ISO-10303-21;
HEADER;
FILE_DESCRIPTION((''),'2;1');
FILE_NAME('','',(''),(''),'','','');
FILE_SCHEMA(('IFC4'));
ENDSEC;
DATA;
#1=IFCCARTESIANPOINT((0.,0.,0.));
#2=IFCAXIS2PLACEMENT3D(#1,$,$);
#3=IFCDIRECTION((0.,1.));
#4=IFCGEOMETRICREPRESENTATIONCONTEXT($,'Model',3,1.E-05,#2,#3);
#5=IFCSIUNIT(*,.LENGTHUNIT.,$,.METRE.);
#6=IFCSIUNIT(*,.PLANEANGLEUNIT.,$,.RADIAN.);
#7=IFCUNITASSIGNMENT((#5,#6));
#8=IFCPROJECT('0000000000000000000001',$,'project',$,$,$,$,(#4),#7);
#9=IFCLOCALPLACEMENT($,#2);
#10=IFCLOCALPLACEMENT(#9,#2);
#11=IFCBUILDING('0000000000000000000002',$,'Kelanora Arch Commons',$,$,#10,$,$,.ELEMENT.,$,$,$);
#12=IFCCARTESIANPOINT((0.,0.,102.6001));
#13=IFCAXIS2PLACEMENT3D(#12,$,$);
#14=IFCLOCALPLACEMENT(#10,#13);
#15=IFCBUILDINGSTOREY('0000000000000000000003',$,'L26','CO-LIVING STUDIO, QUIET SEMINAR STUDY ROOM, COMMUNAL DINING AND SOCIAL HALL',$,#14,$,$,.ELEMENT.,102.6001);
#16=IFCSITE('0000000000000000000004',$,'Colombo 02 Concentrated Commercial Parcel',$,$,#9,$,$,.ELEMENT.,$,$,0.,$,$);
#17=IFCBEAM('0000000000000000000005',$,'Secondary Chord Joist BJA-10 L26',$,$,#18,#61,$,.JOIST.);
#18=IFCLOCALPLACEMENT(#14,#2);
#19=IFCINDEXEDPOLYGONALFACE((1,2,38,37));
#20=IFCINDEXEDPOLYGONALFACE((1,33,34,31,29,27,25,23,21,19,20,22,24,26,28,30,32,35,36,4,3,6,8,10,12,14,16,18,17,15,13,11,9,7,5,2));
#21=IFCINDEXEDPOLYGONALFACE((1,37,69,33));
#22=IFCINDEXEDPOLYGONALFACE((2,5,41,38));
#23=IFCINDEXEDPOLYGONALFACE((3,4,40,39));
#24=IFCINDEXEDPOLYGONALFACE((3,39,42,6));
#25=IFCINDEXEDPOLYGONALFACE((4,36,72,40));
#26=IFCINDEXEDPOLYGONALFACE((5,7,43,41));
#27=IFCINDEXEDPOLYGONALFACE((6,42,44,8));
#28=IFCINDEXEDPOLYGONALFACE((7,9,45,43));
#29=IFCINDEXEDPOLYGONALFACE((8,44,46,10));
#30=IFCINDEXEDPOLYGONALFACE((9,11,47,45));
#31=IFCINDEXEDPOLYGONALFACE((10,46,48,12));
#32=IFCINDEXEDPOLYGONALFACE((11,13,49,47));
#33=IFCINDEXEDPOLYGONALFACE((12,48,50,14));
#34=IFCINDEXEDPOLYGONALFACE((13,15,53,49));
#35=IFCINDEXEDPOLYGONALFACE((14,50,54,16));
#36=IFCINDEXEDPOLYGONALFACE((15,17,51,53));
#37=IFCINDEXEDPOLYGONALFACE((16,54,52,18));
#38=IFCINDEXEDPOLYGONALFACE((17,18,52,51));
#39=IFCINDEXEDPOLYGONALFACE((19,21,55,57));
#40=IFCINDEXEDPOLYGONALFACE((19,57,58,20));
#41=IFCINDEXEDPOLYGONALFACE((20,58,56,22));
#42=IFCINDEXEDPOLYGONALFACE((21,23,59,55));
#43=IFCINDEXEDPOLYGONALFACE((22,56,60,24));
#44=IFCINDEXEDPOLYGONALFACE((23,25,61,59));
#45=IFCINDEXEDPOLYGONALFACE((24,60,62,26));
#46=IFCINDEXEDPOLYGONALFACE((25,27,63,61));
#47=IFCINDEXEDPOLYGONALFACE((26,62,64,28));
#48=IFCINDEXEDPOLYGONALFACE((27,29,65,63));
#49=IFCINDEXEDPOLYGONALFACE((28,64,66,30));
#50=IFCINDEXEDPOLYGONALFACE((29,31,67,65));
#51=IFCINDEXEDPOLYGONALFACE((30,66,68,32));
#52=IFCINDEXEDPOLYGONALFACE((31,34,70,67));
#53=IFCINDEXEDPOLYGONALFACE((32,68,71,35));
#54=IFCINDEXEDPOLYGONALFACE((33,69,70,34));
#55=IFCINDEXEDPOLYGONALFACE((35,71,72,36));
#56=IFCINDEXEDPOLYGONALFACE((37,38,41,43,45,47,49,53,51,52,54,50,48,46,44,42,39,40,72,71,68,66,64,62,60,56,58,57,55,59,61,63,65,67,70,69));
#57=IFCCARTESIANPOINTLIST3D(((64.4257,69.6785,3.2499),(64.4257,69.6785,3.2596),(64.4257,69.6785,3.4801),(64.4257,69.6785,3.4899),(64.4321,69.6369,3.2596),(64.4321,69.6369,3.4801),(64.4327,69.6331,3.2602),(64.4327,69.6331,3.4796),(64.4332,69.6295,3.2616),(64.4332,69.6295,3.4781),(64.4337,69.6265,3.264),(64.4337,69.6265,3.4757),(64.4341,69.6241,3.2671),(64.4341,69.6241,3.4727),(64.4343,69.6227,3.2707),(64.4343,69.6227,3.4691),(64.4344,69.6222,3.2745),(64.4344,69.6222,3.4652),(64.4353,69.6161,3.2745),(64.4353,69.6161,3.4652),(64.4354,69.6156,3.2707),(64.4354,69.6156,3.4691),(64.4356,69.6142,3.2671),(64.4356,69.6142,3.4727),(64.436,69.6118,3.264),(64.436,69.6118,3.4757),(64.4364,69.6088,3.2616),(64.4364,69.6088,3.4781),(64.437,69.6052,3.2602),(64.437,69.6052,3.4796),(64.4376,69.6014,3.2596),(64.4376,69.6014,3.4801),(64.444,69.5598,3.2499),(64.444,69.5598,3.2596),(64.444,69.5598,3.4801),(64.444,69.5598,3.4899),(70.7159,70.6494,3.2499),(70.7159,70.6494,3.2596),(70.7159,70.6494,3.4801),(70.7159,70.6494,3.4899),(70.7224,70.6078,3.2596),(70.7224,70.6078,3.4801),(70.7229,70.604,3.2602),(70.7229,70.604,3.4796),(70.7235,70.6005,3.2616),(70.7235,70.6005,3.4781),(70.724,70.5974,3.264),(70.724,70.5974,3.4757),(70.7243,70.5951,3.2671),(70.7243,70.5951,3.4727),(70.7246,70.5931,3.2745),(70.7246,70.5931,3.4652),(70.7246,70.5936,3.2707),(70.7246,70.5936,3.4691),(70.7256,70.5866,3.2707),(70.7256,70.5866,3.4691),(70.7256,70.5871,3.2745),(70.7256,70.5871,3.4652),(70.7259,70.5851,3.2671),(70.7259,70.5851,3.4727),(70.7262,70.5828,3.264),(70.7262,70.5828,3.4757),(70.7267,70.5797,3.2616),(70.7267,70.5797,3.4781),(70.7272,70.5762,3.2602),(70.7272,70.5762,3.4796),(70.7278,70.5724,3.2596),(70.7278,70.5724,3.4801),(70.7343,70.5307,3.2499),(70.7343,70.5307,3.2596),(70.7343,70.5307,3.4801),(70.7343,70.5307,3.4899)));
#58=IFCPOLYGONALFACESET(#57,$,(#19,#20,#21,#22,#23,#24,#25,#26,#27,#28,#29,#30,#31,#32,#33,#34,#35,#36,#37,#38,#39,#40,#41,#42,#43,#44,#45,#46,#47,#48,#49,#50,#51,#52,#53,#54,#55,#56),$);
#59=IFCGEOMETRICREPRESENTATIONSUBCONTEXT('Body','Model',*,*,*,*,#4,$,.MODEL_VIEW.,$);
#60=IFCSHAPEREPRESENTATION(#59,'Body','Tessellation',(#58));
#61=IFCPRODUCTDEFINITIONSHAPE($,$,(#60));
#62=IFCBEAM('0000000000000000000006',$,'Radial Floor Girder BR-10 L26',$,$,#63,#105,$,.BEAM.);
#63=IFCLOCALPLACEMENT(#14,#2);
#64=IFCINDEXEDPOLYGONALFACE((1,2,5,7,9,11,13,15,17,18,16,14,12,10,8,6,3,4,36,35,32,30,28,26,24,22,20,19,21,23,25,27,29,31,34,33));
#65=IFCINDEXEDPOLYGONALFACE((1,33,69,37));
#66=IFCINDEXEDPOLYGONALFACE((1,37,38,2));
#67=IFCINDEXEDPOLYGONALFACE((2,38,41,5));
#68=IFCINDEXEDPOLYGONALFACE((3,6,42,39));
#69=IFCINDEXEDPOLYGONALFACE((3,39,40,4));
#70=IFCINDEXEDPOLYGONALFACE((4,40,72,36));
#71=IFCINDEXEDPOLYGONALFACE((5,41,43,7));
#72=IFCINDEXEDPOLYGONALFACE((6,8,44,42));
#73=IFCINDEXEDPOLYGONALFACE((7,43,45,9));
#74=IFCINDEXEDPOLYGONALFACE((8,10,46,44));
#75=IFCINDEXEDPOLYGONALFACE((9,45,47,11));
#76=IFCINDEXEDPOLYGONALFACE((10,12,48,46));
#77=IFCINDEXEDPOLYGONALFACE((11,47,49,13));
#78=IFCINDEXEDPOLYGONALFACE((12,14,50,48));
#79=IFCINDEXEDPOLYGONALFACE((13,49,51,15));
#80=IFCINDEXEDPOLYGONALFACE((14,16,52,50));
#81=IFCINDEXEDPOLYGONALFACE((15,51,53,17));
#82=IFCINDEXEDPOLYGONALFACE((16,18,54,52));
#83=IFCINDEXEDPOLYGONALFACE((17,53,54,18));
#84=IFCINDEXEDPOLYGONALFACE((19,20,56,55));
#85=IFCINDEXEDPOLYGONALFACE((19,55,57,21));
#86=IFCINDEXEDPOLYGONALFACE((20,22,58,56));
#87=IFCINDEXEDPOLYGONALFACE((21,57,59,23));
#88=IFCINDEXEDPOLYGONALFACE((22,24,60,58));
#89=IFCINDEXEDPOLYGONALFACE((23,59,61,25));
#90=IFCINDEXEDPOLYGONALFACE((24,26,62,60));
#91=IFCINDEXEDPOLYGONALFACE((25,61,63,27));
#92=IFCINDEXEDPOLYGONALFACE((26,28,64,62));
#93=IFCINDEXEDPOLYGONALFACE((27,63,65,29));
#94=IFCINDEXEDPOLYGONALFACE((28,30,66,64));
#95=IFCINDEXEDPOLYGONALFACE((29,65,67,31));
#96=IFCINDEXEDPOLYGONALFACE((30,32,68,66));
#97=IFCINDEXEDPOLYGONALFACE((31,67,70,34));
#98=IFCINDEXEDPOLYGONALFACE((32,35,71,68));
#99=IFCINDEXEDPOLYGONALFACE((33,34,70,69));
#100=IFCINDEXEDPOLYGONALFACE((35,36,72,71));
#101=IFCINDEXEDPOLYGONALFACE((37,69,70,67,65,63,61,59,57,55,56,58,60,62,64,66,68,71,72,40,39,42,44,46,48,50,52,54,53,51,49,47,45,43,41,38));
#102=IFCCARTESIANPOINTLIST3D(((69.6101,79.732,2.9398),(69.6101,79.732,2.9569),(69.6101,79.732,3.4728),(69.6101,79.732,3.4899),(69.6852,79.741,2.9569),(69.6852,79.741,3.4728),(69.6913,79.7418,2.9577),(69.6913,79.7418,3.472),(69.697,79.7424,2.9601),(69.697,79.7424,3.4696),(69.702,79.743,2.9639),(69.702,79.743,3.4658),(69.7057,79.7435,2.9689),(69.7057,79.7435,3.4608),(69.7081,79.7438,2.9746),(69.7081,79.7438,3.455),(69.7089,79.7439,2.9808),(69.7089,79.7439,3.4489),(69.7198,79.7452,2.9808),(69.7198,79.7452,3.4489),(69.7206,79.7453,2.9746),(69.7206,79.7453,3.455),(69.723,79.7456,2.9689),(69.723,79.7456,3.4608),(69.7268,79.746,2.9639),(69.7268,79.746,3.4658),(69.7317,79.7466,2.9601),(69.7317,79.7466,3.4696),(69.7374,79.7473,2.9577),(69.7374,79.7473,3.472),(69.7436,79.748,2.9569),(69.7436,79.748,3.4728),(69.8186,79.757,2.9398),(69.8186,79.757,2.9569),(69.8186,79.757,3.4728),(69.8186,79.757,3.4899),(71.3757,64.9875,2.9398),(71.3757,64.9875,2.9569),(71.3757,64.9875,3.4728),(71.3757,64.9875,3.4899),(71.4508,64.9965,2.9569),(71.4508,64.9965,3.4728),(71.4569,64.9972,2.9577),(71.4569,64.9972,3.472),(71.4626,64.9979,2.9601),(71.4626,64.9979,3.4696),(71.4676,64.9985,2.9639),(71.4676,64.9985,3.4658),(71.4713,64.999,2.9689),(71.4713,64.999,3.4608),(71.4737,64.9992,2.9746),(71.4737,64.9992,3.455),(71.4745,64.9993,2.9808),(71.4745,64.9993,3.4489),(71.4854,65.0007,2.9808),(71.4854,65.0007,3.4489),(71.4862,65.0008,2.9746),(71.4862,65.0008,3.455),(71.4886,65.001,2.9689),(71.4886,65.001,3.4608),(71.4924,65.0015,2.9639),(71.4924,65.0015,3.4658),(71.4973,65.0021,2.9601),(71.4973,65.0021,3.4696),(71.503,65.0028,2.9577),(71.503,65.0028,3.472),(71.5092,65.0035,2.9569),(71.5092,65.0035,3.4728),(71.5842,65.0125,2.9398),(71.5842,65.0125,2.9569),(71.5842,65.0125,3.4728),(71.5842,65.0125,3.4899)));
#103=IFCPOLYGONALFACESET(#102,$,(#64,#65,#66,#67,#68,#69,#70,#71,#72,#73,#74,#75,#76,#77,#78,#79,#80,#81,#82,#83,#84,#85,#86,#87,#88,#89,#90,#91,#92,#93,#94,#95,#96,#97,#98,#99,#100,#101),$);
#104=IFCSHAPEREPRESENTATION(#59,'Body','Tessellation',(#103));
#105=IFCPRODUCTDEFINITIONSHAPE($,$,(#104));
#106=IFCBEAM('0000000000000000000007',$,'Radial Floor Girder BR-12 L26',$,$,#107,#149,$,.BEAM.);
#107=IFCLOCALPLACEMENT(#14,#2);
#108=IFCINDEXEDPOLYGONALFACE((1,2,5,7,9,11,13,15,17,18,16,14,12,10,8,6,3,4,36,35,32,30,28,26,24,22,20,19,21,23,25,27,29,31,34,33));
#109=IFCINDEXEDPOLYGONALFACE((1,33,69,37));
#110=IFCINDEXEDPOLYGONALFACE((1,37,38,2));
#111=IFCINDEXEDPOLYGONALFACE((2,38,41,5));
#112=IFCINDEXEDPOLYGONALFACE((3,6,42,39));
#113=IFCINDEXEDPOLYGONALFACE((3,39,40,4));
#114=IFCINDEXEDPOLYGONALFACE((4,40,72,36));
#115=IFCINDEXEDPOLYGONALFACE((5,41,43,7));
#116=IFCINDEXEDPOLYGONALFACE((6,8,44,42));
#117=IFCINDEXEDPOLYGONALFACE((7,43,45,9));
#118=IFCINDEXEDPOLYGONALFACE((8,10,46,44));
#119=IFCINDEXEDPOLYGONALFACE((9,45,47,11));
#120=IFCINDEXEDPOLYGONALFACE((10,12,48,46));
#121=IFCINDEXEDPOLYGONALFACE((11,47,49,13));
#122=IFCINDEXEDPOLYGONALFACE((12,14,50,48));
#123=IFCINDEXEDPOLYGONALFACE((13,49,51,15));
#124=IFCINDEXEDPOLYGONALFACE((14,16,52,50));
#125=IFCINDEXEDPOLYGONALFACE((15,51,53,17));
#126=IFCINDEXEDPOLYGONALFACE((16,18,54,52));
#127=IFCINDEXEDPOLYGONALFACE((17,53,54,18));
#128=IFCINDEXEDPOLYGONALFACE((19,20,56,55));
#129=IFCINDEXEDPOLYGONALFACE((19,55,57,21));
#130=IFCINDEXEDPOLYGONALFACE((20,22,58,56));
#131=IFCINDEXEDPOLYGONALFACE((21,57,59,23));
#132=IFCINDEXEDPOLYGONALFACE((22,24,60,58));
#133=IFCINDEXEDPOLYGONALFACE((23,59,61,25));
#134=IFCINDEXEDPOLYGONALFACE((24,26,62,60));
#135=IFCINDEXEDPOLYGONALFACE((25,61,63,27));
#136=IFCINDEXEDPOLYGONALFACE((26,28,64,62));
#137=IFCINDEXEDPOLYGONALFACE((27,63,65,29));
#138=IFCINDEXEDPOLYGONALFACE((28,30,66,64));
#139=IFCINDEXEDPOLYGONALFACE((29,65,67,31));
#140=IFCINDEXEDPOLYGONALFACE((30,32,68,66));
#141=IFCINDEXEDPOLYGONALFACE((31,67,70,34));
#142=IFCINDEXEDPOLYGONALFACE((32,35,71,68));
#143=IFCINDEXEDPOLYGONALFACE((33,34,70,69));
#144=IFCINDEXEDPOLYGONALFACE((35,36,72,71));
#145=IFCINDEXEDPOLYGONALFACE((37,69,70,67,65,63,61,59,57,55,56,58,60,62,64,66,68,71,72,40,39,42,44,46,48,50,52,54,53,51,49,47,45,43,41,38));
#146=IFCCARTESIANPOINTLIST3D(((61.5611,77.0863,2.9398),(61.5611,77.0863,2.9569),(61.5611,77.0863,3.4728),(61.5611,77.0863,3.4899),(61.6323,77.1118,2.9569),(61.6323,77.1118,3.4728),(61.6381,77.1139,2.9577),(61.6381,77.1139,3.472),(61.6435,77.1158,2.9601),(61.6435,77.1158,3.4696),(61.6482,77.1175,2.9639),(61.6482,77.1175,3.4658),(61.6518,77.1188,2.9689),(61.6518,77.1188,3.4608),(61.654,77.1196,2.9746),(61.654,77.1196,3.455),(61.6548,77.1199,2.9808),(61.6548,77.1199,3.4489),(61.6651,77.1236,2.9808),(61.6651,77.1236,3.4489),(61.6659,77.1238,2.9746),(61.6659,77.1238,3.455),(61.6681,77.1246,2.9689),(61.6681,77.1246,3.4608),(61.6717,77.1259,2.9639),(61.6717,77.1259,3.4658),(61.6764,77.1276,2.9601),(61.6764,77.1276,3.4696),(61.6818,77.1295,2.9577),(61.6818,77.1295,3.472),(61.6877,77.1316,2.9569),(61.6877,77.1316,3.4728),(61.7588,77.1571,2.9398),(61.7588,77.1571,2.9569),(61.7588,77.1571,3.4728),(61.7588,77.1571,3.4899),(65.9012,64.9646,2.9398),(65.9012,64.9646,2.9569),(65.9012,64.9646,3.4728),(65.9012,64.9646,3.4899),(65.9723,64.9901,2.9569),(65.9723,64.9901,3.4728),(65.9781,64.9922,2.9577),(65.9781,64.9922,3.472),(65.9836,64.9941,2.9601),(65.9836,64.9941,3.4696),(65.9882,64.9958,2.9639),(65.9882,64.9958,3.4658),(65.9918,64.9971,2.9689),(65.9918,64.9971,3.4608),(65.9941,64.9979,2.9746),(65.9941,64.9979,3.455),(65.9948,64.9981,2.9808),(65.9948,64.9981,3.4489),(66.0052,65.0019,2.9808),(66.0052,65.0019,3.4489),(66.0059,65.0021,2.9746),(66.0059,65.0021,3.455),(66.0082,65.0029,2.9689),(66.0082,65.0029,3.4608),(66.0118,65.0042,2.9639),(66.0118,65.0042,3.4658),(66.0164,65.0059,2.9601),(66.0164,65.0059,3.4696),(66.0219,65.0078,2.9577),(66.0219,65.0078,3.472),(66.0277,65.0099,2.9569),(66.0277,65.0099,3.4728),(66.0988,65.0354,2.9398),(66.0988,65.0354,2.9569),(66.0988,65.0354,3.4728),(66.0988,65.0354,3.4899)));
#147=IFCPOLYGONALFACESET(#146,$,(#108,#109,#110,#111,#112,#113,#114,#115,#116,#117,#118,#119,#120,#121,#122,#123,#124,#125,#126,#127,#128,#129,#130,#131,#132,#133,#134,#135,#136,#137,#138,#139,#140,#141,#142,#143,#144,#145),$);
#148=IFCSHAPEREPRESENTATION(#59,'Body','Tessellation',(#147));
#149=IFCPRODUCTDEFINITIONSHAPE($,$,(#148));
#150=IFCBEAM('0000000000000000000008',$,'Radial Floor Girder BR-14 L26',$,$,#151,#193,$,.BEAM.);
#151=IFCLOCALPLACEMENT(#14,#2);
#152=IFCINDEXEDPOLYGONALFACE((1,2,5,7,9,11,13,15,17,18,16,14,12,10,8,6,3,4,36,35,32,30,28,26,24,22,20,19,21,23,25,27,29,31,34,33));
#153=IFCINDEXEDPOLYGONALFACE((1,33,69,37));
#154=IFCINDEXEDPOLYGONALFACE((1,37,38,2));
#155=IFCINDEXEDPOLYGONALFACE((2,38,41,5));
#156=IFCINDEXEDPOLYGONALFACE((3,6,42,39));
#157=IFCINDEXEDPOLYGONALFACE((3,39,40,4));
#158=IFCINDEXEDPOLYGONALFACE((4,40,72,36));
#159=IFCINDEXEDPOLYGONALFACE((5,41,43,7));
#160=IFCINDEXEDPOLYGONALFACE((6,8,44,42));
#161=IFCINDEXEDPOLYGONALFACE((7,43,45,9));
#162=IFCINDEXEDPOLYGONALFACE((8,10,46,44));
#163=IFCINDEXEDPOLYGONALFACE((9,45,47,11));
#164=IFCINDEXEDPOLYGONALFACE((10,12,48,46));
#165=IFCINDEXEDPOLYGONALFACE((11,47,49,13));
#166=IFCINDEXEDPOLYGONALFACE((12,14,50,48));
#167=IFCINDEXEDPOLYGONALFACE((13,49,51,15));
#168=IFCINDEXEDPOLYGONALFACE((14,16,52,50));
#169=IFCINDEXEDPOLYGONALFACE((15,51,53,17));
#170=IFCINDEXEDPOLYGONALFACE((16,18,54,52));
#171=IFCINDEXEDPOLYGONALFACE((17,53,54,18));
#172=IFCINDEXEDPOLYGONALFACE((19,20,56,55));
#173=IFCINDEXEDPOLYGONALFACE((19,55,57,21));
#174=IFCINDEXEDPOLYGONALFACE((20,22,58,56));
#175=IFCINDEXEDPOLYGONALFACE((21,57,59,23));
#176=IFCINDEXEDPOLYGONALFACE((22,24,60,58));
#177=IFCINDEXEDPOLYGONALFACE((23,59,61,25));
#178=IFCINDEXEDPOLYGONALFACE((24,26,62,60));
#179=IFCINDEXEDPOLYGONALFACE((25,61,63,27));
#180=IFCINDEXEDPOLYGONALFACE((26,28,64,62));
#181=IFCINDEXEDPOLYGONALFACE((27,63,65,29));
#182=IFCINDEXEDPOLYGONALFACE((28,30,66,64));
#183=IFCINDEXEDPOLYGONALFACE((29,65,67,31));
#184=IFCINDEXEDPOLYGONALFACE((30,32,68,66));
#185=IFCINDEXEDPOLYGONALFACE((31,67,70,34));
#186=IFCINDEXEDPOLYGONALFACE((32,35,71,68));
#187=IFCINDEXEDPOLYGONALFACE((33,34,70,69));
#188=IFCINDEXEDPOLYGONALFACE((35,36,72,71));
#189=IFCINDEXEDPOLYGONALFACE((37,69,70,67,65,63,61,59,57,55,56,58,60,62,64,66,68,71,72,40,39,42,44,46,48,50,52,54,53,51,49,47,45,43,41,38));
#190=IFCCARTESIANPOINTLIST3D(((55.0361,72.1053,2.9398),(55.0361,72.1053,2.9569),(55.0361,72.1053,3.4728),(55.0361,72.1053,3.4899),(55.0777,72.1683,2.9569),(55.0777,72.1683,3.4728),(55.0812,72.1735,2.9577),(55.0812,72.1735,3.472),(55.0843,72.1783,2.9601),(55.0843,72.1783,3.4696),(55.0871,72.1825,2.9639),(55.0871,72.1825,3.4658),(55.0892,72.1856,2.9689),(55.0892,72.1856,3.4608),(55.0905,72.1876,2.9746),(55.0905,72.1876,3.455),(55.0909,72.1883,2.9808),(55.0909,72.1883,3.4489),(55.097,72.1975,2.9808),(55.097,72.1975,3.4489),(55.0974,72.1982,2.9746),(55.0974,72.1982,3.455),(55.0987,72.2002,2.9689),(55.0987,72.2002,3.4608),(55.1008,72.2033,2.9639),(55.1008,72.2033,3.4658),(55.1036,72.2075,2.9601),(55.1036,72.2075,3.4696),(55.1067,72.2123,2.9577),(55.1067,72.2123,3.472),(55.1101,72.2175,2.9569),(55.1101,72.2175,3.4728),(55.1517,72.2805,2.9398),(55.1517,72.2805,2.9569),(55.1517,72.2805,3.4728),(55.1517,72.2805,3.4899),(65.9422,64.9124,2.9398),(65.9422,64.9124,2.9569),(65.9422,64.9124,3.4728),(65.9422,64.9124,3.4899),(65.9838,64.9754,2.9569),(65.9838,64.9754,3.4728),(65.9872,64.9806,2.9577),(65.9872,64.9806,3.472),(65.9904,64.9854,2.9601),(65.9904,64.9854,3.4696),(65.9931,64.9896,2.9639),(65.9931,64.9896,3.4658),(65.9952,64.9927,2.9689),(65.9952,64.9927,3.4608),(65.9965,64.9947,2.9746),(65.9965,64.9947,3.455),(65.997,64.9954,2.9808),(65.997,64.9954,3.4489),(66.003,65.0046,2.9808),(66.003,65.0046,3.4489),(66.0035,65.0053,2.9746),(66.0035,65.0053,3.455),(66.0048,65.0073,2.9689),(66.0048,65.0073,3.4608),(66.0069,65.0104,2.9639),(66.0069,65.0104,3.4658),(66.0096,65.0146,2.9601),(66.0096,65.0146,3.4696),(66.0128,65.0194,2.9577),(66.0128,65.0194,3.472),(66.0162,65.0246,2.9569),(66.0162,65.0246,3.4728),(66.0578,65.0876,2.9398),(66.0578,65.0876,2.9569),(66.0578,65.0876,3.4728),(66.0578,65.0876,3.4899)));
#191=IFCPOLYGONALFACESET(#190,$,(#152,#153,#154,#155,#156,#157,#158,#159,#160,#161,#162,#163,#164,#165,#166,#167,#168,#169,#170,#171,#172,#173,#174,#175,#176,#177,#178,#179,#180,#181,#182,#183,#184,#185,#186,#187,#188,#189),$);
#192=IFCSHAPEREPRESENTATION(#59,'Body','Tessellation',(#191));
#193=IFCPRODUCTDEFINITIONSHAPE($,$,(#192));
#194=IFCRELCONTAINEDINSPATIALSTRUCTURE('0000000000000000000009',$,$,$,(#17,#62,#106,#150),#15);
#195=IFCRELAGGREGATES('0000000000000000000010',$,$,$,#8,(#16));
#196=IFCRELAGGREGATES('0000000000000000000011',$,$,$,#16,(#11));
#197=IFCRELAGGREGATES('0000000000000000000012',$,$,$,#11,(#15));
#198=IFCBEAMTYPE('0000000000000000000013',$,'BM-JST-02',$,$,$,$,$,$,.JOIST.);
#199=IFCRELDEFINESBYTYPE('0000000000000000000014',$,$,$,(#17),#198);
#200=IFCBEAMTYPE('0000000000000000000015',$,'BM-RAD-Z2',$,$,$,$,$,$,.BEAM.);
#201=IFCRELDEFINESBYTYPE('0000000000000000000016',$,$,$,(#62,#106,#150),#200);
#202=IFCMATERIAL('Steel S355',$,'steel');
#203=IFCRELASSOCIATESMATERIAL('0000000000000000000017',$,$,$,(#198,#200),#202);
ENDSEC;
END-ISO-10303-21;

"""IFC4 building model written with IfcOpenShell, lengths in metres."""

from ifc_helpers import new_model, si_unit, direction, frame, origin, origin_2d, place, context, subcontext, project, spatial, i_section, extrude, material, material_profile, profile_set, type_object, element, save


model = new_model("IFC4")

# Units and contexts
model_context = context("Model", 3, precision=1e-05, world=origin(), true_north=direction((0.0, 1.0)))
body_context = subcontext(model_context, "Body", "Model", "MODEL_VIEW")
ifc_project = project(units=[si_unit("LENGTHUNIT", "METRE"), si_unit("PLANEANGLEUNIT", "RADIAN")], contexts=[model_context])

# Site, building, storey
site_placement = place(None, origin())
site = spatial("IfcSite", under=ifc_project, at=site_placement, Name="Colombo 02 Concentrated Commercial Parcel", CompositionType="ELEMENT", RefElevation=0.0)
building_placement = place(site_placement, origin())
building = spatial("IfcBuilding", under=site, at=building_placement, Name="Kelanora Arch Commons", CompositionType="ELEMENT")
storey_placement = place(building_placement, frame((0.0, 0.0, 102.6001)))
storey = spatial("IfcBuildingStorey", under=building, at=storey_placement, Name="L26", Description="CO-LIVING STUDIO, QUIET SEMINAR STUDY ROOM, COMMUNAL DINING AND SOCIAL HALL", CompositionType="ELEMENT", Elevation=102.6001)

# Beams
ifc_material_1 = material(Name="Steel S355", Category="steel")
ifc_material_profile_1 = material_profile(ifc_material_1, i_section(OverallWidth=0.1201, OverallDepth=0.24, WebThickness=0.0061, FlangeThickness=0.0098, FilletRadius=0.0149, at=origin_2d()), Name="IPE240")
ifc_profile_set_1 = profile_set([ifc_material_profile_1], Name="Steel S355")
beam_type_1 = type_object("IfcBeamType", Name="BM-JST-02", PredefinedType="JOIST", material=ifc_profile_set_1)
beam_1_placement = place(storey_placement, frame((70.7251, 70.5901, 3.3699), z_axis=(-0.988296, -0.15255, 0.0), x_axis=(0.15255, -0.988296, 0.0)))
element("IfcBeam", 1, at=beam_1_placement, inside=storey, type_object=beam_type_1, Name="Secondary Chord Joist BJA-10 L26", PredefinedType="JOIST", context=body_context, shape_type="SweptSolid", body=[
    extrude(i_section(OverallWidth=0.1201, OverallDepth=0.24, WebThickness=0.0061, FlangeThickness=0.0098, FilletRadius=0.0149, at=origin_2d()), origin(), (0.0, 0.0, 1.0), 6.3647),
])
ifc_material_profile_2 = material_profile(ifc_material_1, i_section(OverallWidth=0.21, OverallDepth=0.55, WebThickness=0.011, FlangeThickness=0.0171, FilletRadius=0.0239, at=origin_2d()), Name="IPE550")
ifc_profile_set_2 = profile_set([ifc_material_profile_2], Name="Steel S355")
beam_type_2 = type_object("IfcBeamType", Name="BM-RAD-Z2", PredefinedType="BEAM", material=ifc_profile_set_2)
beam_2_placement = place(storey_placement, frame((71.48, 65.0, 3.2148), z_axis=(-0.118898, 0.992907, 0.0), x_axis=(-0.992907, -0.118898, 0.0)))
element("IfcBeam", 2, at=beam_2_placement, inside=storey, type_object=beam_type_2, Name="Radial Floor Girder BR-10 L26", PredefinedType="BEAM", context=body_context, shape_type="SweptSolid", body=[
    extrude(i_section(OverallWidth=0.21, OverallDepth=0.55, WebThickness=0.011, FlangeThickness=0.0171, FilletRadius=0.0239, at=origin_2d()), origin(), (0.0, 0.0, 1.0), 14.8499),
])
beam_3_placement = place(storey_placement, frame((66.0, 65.0, 3.2148), z_axis=(-0.337085, 0.941474, 0.0), x_axis=(-0.941474, -0.337085, 0.0)))
element("IfcBeam", 3, at=beam_3_placement, inside=storey, type_object=beam_type_2, Name="Radial Floor Girder BR-12 L26", PredefinedType="BEAM", context=body_context, shape_type="SweptSolid", body=[
    extrude(i_section(OverallWidth=0.21, OverallDepth=0.55, WebThickness=0.011, FlangeThickness=0.0171, FilletRadius=0.0239, at=origin_2d()), origin(), (0.0, 0.0, 1.0), 12.8752),
])
beam_4_placement = place(storey_placement, frame((66.0, 65.0, 3.2148), z_axis=(-0.834789, 0.550571, 0.0), x_axis=(-0.550571, -0.834789, 0.0)))
element("IfcBeam", 4, at=beam_4_placement, inside=storey, type_object=beam_type_2, Name="Radial Floor Girder BR-14 L26", PredefinedType="BEAM", context=body_context, shape_type="SweptSolid", body=[
    extrude(i_section(OverallWidth=0.21, OverallDepth=0.55, WebThickness=0.011, FlangeThickness=0.0171, FilletRadius=0.0239, at=origin_2d()), origin(), (0.0, 0.0, 1.0), 13.0645),
])

save(model, "model.ifc")
